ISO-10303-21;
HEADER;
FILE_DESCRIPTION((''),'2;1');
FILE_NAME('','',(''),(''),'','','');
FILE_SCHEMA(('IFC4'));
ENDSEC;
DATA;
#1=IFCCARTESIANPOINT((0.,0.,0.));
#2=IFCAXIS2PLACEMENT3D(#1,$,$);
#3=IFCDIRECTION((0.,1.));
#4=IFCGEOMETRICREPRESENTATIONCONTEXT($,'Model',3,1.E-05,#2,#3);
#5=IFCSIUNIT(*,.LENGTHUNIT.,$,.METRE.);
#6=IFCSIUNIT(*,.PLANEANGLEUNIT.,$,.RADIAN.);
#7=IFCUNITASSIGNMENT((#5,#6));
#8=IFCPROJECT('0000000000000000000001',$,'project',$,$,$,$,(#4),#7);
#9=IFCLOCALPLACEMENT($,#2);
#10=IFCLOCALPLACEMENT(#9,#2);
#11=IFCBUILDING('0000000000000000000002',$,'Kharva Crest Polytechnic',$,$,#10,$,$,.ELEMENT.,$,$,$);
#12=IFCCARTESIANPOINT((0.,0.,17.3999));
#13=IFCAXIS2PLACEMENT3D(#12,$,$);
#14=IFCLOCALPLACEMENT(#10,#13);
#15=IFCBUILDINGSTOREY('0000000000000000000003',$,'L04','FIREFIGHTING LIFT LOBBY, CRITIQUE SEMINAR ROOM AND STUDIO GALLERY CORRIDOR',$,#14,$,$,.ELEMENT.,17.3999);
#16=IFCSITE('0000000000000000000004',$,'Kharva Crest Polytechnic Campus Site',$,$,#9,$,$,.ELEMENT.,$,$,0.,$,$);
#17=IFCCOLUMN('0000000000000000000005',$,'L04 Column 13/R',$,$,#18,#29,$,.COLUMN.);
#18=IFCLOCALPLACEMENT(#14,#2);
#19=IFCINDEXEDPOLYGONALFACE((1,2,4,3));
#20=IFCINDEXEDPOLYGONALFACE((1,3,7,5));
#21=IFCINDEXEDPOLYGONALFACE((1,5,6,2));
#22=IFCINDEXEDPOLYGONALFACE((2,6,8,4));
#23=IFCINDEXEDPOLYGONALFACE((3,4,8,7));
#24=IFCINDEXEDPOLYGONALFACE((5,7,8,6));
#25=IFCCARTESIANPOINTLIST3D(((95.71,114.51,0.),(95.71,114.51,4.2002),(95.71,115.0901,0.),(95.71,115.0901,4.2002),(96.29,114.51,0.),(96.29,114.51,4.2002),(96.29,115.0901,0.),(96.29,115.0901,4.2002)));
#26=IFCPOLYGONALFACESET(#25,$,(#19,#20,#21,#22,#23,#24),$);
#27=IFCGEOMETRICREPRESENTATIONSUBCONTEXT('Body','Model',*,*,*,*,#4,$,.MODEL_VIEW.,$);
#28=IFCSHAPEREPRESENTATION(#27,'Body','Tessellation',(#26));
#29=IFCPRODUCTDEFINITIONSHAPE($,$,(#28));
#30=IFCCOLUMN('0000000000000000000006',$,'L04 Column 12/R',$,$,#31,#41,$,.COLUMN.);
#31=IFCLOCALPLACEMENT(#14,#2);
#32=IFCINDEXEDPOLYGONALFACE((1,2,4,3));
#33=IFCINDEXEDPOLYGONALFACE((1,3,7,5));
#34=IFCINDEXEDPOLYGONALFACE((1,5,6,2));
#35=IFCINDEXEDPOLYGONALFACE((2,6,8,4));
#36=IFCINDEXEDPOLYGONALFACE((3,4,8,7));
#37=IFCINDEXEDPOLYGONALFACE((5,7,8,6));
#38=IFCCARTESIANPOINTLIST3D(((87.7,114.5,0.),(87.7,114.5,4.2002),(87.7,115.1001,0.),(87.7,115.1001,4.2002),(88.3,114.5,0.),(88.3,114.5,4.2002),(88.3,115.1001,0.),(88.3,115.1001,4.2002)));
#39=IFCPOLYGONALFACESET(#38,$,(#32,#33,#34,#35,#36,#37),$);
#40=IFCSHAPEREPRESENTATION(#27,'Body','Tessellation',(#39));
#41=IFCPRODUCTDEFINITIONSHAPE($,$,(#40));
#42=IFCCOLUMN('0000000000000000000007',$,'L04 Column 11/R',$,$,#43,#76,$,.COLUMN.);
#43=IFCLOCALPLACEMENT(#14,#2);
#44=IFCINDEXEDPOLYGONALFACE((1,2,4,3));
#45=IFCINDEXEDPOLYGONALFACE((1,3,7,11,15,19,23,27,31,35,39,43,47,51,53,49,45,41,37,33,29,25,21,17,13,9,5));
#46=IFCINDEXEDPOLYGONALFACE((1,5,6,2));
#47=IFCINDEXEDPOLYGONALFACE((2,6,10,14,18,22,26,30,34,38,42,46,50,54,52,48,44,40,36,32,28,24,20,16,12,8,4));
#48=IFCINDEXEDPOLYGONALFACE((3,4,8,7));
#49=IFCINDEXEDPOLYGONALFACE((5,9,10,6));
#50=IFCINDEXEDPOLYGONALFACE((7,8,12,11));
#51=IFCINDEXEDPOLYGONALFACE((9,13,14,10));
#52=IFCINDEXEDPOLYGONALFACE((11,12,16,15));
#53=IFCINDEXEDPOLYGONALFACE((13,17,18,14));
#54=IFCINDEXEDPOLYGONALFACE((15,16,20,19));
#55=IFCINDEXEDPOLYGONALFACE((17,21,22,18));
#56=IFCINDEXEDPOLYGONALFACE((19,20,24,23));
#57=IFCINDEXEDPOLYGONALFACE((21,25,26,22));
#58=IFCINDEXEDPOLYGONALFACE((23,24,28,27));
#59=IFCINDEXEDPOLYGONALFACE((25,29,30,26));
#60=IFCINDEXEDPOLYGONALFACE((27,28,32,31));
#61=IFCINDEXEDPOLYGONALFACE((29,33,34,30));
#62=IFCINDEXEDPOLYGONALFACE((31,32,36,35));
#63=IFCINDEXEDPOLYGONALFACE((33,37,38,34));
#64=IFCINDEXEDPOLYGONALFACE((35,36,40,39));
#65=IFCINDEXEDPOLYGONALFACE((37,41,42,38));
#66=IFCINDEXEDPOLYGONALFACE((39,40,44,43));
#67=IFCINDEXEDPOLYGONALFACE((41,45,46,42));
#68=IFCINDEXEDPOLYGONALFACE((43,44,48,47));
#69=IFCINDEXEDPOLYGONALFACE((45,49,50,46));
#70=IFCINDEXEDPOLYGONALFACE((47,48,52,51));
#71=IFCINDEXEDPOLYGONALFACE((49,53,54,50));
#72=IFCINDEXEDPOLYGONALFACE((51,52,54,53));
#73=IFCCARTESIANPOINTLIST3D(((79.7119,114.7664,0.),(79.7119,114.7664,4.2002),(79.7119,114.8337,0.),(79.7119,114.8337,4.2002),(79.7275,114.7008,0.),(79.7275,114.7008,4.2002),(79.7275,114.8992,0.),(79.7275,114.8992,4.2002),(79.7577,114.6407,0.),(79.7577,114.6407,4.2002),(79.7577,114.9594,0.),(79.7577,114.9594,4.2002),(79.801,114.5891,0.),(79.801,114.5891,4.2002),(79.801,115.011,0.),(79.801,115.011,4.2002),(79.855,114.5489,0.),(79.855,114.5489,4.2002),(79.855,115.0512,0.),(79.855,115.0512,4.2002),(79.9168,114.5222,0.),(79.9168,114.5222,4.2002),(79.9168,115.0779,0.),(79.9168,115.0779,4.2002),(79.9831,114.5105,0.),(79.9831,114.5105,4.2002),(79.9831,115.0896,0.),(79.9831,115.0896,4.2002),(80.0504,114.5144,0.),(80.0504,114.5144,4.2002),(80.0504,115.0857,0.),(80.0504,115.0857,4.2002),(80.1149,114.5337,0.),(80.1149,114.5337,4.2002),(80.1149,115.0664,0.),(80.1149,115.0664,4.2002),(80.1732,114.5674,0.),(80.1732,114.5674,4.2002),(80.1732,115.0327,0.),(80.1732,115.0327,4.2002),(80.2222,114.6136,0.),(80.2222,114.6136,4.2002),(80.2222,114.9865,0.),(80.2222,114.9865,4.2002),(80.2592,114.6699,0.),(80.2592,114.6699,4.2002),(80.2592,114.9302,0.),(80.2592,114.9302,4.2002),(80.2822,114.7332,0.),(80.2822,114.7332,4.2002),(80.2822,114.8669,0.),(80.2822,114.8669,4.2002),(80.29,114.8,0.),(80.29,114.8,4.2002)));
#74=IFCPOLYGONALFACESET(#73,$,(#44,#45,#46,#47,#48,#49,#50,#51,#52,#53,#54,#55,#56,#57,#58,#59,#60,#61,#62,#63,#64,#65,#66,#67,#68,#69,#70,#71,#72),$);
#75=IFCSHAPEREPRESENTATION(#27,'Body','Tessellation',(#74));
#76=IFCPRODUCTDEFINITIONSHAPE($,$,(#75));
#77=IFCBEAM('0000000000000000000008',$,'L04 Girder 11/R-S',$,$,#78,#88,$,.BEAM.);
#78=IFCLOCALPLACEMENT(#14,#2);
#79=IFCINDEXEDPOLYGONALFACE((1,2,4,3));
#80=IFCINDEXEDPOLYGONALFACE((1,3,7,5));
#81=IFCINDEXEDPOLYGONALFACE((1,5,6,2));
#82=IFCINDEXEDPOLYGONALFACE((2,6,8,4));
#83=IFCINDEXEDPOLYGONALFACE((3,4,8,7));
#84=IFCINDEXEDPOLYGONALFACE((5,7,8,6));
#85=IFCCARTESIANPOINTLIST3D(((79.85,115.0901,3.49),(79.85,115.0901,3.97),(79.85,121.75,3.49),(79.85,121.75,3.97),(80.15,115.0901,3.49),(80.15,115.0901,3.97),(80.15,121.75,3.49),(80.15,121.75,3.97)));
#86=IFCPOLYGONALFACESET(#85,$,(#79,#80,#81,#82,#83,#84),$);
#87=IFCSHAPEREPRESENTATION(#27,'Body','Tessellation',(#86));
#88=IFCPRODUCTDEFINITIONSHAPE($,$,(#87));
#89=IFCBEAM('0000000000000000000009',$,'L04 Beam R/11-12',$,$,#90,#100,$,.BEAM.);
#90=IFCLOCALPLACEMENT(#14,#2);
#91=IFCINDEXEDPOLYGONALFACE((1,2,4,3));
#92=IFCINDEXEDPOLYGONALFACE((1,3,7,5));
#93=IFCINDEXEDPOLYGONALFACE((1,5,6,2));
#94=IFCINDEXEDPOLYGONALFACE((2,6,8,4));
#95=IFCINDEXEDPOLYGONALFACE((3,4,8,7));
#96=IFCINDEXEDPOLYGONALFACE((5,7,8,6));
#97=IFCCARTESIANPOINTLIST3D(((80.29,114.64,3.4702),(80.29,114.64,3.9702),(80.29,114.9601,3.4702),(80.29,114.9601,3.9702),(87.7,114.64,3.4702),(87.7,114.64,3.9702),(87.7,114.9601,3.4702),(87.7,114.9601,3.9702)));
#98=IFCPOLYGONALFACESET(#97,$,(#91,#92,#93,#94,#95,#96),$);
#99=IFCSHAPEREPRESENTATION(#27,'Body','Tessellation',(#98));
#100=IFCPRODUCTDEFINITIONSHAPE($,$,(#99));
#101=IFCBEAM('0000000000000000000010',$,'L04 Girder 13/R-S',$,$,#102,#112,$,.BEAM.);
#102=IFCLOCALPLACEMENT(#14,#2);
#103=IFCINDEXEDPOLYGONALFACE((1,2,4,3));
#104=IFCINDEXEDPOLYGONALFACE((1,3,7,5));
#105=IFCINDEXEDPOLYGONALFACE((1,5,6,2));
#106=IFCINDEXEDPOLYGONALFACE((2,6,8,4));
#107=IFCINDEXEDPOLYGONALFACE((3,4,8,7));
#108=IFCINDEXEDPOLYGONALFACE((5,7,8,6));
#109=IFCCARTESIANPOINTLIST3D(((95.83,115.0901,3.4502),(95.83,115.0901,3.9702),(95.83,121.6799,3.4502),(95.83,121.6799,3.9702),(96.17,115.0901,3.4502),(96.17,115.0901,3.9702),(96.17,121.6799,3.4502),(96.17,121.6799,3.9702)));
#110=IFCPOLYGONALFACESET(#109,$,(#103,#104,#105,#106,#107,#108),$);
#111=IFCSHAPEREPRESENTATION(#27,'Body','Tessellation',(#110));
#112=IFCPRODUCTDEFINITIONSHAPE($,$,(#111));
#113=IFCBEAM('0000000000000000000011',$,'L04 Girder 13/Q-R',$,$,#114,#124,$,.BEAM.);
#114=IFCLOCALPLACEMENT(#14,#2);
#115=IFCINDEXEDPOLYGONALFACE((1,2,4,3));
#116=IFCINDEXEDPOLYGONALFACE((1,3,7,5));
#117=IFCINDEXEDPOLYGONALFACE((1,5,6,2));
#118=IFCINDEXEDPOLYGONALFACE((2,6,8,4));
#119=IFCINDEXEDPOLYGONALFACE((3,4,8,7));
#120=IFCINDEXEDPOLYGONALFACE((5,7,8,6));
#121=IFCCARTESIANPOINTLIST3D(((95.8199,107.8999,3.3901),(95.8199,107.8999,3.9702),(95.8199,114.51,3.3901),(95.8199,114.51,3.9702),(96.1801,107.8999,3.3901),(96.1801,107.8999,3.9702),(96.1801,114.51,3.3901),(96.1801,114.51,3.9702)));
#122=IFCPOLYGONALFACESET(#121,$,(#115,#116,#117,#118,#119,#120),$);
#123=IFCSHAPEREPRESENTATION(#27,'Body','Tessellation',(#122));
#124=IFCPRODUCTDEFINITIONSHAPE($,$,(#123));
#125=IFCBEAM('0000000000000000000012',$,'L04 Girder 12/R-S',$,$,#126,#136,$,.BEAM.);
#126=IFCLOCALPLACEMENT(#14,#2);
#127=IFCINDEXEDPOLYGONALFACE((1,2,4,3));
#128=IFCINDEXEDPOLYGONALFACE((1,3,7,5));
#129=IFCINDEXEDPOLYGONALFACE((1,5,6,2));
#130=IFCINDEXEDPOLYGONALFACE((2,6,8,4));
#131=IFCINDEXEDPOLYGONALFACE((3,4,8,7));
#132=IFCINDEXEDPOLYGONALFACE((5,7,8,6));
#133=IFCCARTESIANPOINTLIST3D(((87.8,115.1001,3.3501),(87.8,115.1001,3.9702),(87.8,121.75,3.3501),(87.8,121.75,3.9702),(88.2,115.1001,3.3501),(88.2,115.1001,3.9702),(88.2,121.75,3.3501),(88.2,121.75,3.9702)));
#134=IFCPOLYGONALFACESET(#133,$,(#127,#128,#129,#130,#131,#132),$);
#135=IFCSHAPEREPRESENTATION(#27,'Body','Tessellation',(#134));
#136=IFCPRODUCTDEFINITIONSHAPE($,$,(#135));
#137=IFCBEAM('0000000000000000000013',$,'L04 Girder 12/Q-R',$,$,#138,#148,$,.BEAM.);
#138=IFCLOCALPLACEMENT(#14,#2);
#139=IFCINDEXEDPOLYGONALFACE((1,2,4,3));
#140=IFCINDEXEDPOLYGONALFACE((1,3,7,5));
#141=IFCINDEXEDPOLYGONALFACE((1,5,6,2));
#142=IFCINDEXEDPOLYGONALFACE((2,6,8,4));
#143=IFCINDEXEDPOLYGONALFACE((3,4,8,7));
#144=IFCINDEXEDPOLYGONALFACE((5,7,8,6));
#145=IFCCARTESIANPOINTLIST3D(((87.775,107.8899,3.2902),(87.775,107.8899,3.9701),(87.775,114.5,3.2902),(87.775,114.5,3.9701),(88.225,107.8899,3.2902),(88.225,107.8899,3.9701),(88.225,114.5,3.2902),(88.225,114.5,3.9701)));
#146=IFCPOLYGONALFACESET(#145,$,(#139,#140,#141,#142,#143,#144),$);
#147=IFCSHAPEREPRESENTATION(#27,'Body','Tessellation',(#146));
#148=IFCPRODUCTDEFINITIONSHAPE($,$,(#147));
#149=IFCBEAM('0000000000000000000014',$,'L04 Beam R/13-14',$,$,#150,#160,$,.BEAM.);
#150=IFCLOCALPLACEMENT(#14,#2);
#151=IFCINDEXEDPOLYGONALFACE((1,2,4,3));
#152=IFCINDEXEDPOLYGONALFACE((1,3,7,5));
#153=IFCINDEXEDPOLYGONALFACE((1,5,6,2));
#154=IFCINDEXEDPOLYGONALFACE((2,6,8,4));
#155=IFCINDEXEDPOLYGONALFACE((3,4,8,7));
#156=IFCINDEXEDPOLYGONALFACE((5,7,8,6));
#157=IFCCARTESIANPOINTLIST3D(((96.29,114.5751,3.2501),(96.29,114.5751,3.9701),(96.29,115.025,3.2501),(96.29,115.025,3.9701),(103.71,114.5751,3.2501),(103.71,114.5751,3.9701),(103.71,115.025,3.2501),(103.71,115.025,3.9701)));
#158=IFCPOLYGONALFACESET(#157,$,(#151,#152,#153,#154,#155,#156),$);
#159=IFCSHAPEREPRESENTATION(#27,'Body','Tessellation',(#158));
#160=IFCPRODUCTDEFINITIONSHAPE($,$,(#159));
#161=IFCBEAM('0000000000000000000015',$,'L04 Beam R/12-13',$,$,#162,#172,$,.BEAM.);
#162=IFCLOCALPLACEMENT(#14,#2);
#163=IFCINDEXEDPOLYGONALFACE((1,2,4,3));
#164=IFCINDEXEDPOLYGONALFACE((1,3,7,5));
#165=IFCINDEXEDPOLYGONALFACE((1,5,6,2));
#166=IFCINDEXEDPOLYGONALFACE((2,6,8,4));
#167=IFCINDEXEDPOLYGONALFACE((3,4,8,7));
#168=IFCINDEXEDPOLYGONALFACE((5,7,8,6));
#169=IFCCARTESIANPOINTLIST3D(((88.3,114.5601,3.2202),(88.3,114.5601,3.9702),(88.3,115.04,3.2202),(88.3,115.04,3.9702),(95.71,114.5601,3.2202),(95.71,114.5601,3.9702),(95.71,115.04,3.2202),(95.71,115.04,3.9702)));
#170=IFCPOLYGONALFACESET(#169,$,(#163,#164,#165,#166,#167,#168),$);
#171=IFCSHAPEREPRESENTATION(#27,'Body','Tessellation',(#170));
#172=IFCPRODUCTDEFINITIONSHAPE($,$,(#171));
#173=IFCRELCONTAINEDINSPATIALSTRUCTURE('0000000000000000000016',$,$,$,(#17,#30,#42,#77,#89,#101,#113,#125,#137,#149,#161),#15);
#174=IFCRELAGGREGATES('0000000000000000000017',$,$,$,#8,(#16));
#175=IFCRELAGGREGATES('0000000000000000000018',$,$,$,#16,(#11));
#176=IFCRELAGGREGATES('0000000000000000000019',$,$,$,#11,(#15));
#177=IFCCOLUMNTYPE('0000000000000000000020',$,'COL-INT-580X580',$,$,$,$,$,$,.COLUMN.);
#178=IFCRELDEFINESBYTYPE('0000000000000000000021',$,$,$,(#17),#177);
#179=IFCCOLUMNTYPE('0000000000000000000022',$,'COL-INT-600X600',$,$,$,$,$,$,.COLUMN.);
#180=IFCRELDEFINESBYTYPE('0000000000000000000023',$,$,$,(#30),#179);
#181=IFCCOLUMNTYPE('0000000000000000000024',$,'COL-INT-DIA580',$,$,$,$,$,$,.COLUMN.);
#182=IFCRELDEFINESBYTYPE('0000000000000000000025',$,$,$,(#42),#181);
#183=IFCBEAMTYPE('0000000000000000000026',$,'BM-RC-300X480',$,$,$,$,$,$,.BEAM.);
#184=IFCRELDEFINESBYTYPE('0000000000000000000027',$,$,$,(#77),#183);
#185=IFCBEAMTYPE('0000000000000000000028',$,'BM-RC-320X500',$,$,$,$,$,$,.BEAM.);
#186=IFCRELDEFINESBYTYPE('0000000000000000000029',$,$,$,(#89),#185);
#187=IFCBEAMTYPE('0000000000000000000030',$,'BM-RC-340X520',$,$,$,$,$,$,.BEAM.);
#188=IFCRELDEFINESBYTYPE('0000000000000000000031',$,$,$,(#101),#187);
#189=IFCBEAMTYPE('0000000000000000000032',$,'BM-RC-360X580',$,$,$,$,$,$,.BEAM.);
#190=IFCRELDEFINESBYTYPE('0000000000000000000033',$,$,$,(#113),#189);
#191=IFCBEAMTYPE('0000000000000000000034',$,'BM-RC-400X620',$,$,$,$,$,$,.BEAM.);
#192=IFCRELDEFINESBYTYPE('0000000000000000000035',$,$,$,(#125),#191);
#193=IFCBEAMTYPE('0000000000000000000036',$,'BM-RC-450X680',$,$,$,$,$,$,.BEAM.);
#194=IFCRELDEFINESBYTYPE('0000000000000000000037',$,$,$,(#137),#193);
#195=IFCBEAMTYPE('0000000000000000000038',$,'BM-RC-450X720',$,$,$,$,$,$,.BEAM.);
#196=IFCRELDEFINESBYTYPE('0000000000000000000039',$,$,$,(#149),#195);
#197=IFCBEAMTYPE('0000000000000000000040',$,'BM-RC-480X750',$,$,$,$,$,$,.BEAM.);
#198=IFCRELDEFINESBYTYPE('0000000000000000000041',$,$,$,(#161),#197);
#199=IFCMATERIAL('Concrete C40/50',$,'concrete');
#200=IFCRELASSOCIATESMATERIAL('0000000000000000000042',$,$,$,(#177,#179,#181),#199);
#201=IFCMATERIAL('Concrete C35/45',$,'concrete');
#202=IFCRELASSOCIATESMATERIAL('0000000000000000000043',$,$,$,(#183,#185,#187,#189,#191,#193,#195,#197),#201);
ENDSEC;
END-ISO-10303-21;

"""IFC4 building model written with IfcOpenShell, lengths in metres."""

from ifc_helpers import new_model, si_unit, direction, frame, origin, origin_2d, place, context, subcontext, project, spatial, rectangle, circle, extrude, material, material_profile, profile_set, type_object, element, save


model = new_model("IFC4")

# Units and contexts
model_context = context("Model", 3, precision=1e-05, world=origin(), true_north=direction((0.0, 1.0)))
body_context = subcontext(model_context, "Body", "Model", "MODEL_VIEW")
ifc_project = project(units=[si_unit("LENGTHUNIT", "METRE"), si_unit("PLANEANGLEUNIT", "RADIAN")], contexts=[model_context])

# Site, building, storey
site_placement = place(None, origin())
site = spatial("IfcSite", under=ifc_project, at=site_placement, Name="Kharva Crest Polytechnic Campus Site", CompositionType="ELEMENT", RefElevation=0.0)
building_placement = place(site_placement, origin())
building = spatial("IfcBuilding", under=site, at=building_placement, Name="Kharva Crest Polytechnic", CompositionType="ELEMENT")
storey_placement = place(building_placement, frame((0.0, 0.0, 17.3999)))
storey = spatial("IfcBuildingStorey", under=building, at=storey_placement, Name="L04", Description="FIREFIGHTING LIFT LOBBY, CRITIQUE SEMINAR ROOM AND STUDIO GALLERY CORRIDOR", CompositionType="ELEMENT", Elevation=17.3999)

# Columns
ifc_material_1 = material(Name="Concrete C40/50", Category="concrete")
ifc_material_profile_1 = material_profile(ifc_material_1, rectangle(XDim=0.5801, YDim=0.5801, at=origin_2d()), Name="RECT 580 X 580")
ifc_profile_set_1 = profile_set([ifc_material_profile_1], Name="Concrete C40/50")
column_type_1 = type_object("IfcColumnType", Name="COL-INT-580X580", PredefinedType="COLUMN", material=ifc_profile_set_1)
column_1_placement = place(storey_placement, frame((96.0, 114.8, 0.0), z_axis=(0.0, 0.0, 1.0), x_axis=(1.0, 0.0, 0.0)))
element("IfcColumn", 1, at=column_1_placement, inside=storey, type_object=column_type_1, Name="L04 Column 13/R", PredefinedType="COLUMN", context=body_context, shape_type="SweptSolid", body=[
    extrude(rectangle(XDim=0.5801, YDim=0.5801, at=origin_2d()), origin(), (0.0, 0.0, 1.0), 4.2002),
])
ifc_material_profile_2 = material_profile(ifc_material_1, rectangle(XDim=0.6001, YDim=0.6001, at=origin_2d()), Name="RECT 600 X 600")
ifc_profile_set_2 = profile_set([ifc_material_profile_2], Name="Concrete C40/50")
column_type_2 = type_object("IfcColumnType", Name="COL-INT-600X600", PredefinedType="COLUMN", material=ifc_profile_set_2)
column_2_placement = place(storey_placement, frame((88.0, 114.8, 0.0), z_axis=(0.0, 0.0, 1.0), x_axis=(1.0, 0.0, 0.0)))
element("IfcColumn", 2, at=column_2_placement, inside=storey, type_object=column_type_2, Name="L04 Column 12/R", PredefinedType="COLUMN", context=body_context, shape_type="SweptSolid", body=[
    extrude(rectangle(XDim=0.6001, YDim=0.6001, at=origin_2d()), origin(), (0.0, 0.0, 1.0), 4.2002),
])
ifc_material_profile_3 = material_profile(ifc_material_1, circle(Radius=0.29, at=origin_2d()), Name="DIA 580")
ifc_profile_set_3 = profile_set([ifc_material_profile_3], Name="Concrete C40/50")
column_type_3 = type_object("IfcColumnType", Name="COL-INT-DIA580", PredefinedType="COLUMN", material=ifc_profile_set_3)
column_3_placement = place(storey_placement, frame((80.0, 114.8, 0.0), z_axis=(0.0, 0.0, 1.0), x_axis=(1.0, 0.0, 0.0)))
element("IfcColumn", 3, at=column_3_placement, inside=storey, type_object=column_type_3, Name="L04 Column 11/R", PredefinedType="COLUMN", context=body_context, shape_type="SweptSolid", body=[
    extrude(circle(Radius=0.29, at=origin_2d()), origin(), (0.0, 0.0, 1.0), 4.2002),
])

# Beams
ifc_material_2 = material(Name="Concrete C35/45", Category="concrete")
ifc_material_profile_4 = material_profile(ifc_material_2, rectangle(XDim=0.3, YDim=0.48, at=origin_2d()), Name="RECT 300 X 480")
ifc_profile_set_4 = profile_set([ifc_material_profile_4], Name="Concrete C35/45")
beam_type_1 = type_object("IfcBeamType", Name="BM-RC-300X480", PredefinedType="BEAM", material=ifc_profile_set_4)
beam_1_placement = place(storey_placement, frame((80.0, 115.0901, 3.73), z_axis=(0.0, 1.0, 0.0), x_axis=(-1.0, 0.0, 0.0)))
element("IfcBeam", 4, at=beam_1_placement, inside=storey, type_object=beam_type_1, Name="L04 Girder 11/R-S", PredefinedType="BEAM", context=body_context, shape_type="SweptSolid", body=[
    extrude(rectangle(XDim=0.3, YDim=0.48, at=origin_2d()), origin(), (0.0, 0.0, 1.0), 6.6599),
])
ifc_material_profile_5 = material_profile(ifc_material_2, rectangle(XDim=0.3201, YDim=0.5, at=origin_2d()), Name="RECT 320 X 500")
ifc_profile_set_5 = profile_set([ifc_material_profile_5], Name="Concrete C35/45")
beam_type_2 = type_object("IfcBeamType", Name="BM-RC-320X500", PredefinedType="BEAM", material=ifc_profile_set_5)
beam_2_placement = place(storey_placement, frame((80.29, 114.8, 3.7202), z_axis=(1.0, 0.0, 0.0), x_axis=(0.0, 1.0, 0.0)))
element("IfcBeam", 5, at=beam_2_placement, inside=storey, type_object=beam_type_2, Name="L04 Beam R/11-12", PredefinedType="BEAM", context=body_context, shape_type="SweptSolid", body=[
    extrude(rectangle(XDim=0.3201, YDim=0.5, at=origin_2d()), origin(), (0.0, 0.0, 1.0), 7.4099),
])
ifc_material_profile_6 = material_profile(ifc_material_2, rectangle(XDim=0.3401, YDim=0.52, at=origin_2d()), Name="RECT 340 X 520")
ifc_profile_set_6 = profile_set([ifc_material_profile_6], Name="Concrete C35/45")
beam_type_3 = type_object("IfcBeamType", Name="BM-RC-340X520", PredefinedType="BEAM", material=ifc_profile_set_6)
beam_3_placement = place(storey_placement, frame((96.0, 115.0901, 3.7102), z_axis=(0.0, 1.0, 0.0), x_axis=(-1.0, 0.0, 0.0)))
element("IfcBeam", 6, at=beam_3_placement, inside=storey, type_object=beam_type_3, Name="L04 Girder 13/R-S", PredefinedType="BEAM", context=body_context, shape_type="SweptSolid", body=[
    extrude(rectangle(XDim=0.3401, YDim=0.52, at=origin_2d()), origin(), (0.0, 0.0, 1.0), 6.5898),
])
ifc_material_profile_7 = material_profile(ifc_material_2, rectangle(XDim=0.3601, YDim=0.5801, at=origin_2d()), Name="RECT 360 X 580")
ifc_profile_set_7 = profile_set([ifc_material_profile_7], Name="Concrete C35/45")
beam_type_4 = type_object("IfcBeamType", Name="BM-RC-360X580", PredefinedType="BEAM", material=ifc_profile_set_7)
beam_4_placement = place(storey_placement, frame((96.0, 107.8999, 3.6802), z_axis=(0.0, 1.0, 0.0), x_axis=(-1.0, 0.0, 0.0)))
element("IfcBeam", 7, at=beam_4_placement, inside=storey, type_object=beam_type_4, Name="L04 Girder 13/Q-R", PredefinedType="BEAM", context=body_context, shape_type="SweptSolid", body=[
    extrude(rectangle(XDim=0.3601, YDim=0.5801, at=origin_2d()), origin(), (0.0, 0.0, 1.0), 6.6101),
])
ifc_material_profile_8 = material_profile(ifc_material_2, rectangle(XDim=0.3999, YDim=0.6201, at=origin_2d()), Name="RECT 400 X 620")
ifc_profile_set_8 = profile_set([ifc_material_profile_8], Name="Concrete C35/45")
beam_type_5 = type_object("IfcBeamType", Name="BM-RC-400X620", PredefinedType="BEAM", material=ifc_profile_set_8)
beam_5_placement = place(storey_placement, frame((88.0, 115.1001, 3.6602), z_axis=(0.0, 1.0, 0.0), x_axis=(-1.0, 0.0, 0.0)))
element("IfcBeam", 8, at=beam_5_placement, inside=storey, type_object=beam_type_5, Name="L04 Girder 12/R-S", PredefinedType="BEAM", context=body_context, shape_type="SweptSolid", body=[
    extrude(rectangle(XDim=0.3999, YDim=0.6201, at=origin_2d()), origin(), (0.0, 0.0, 1.0), 6.6499),
])
ifc_material_profile_9 = material_profile(ifc_material_2, rectangle(XDim=0.45, YDim=0.6799, at=origin_2d()), Name="RECT 450 X 680")
ifc_profile_set_9 = profile_set([ifc_material_profile_9], Name="Concrete C35/45")
beam_type_6 = type_object("IfcBeamType", Name="BM-RC-450X680", PredefinedType="BEAM", material=ifc_profile_set_9)
beam_6_placement = place(storey_placement, frame((88.0, 107.8899, 3.6301), z_axis=(0.0, 1.0, 0.0), x_axis=(-1.0, 0.0, 0.0)))
element("IfcBeam", 9, at=beam_6_placement, inside=storey, type_object=beam_type_6, Name="L04 Girder 12/Q-R", PredefinedType="BEAM", context=body_context, shape_type="SweptSolid", body=[
    extrude(rectangle(XDim=0.45, YDim=0.6799, at=origin_2d()), origin(), (0.0, 0.0, 1.0), 6.6101),
])
ifc_material_profile_10 = material_profile(ifc_material_2, rectangle(XDim=0.45, YDim=0.72, at=origin_2d()), Name="RECT 450 X 720")
ifc_profile_set_10 = profile_set([ifc_material_profile_10], Name="Concrete C35/45")
beam_type_7 = type_object("IfcBeamType", Name="BM-RC-450X720", PredefinedType="BEAM", material=ifc_profile_set_10)
beam_7_placement = place(storey_placement, frame((96.29, 114.8, 3.6101), z_axis=(1.0, 0.0, 0.0), x_axis=(0.0, 1.0, 0.0)))
element("IfcBeam", 10, at=beam_7_placement, inside=storey, type_object=beam_type_7, Name="L04 Beam R/13-14", PredefinedType="BEAM", context=body_context, shape_type="SweptSolid", body=[
    extrude(rectangle(XDim=0.45, YDim=0.72, at=origin_2d()), origin(), (0.0, 0.0, 1.0), 7.4199),
])
ifc_material_profile_11 = material_profile(ifc_material_2, rectangle(XDim=0.48, YDim=0.75, at=origin_2d()), Name="RECT 480 X 750")
ifc_profile_set_11 = profile_set([ifc_material_profile_11], Name="Concrete C35/45")
beam_type_8 = type_object("IfcBeamType", Name="BM-RC-480X750", PredefinedType="BEAM", material=ifc_profile_set_11)
beam_8_placement = place(storey_placement, frame((88.3, 114.8, 3.5952), z_axis=(1.0, 0.0, 0.0), x_axis=(0.0, 1.0, 0.0)))
element("IfcBeam", 11, at=beam_8_placement, inside=storey, type_object=beam_type_8, Name="L04 Beam R/12-13", PredefinedType="BEAM", context=body_context, shape_type="SweptSolid", body=[
    extrude(rectangle(XDim=0.48, YDim=0.75, at=origin_2d()), origin(), (0.0, 0.0, 1.0), 7.4099),
])

save(model, "model.ifc")
